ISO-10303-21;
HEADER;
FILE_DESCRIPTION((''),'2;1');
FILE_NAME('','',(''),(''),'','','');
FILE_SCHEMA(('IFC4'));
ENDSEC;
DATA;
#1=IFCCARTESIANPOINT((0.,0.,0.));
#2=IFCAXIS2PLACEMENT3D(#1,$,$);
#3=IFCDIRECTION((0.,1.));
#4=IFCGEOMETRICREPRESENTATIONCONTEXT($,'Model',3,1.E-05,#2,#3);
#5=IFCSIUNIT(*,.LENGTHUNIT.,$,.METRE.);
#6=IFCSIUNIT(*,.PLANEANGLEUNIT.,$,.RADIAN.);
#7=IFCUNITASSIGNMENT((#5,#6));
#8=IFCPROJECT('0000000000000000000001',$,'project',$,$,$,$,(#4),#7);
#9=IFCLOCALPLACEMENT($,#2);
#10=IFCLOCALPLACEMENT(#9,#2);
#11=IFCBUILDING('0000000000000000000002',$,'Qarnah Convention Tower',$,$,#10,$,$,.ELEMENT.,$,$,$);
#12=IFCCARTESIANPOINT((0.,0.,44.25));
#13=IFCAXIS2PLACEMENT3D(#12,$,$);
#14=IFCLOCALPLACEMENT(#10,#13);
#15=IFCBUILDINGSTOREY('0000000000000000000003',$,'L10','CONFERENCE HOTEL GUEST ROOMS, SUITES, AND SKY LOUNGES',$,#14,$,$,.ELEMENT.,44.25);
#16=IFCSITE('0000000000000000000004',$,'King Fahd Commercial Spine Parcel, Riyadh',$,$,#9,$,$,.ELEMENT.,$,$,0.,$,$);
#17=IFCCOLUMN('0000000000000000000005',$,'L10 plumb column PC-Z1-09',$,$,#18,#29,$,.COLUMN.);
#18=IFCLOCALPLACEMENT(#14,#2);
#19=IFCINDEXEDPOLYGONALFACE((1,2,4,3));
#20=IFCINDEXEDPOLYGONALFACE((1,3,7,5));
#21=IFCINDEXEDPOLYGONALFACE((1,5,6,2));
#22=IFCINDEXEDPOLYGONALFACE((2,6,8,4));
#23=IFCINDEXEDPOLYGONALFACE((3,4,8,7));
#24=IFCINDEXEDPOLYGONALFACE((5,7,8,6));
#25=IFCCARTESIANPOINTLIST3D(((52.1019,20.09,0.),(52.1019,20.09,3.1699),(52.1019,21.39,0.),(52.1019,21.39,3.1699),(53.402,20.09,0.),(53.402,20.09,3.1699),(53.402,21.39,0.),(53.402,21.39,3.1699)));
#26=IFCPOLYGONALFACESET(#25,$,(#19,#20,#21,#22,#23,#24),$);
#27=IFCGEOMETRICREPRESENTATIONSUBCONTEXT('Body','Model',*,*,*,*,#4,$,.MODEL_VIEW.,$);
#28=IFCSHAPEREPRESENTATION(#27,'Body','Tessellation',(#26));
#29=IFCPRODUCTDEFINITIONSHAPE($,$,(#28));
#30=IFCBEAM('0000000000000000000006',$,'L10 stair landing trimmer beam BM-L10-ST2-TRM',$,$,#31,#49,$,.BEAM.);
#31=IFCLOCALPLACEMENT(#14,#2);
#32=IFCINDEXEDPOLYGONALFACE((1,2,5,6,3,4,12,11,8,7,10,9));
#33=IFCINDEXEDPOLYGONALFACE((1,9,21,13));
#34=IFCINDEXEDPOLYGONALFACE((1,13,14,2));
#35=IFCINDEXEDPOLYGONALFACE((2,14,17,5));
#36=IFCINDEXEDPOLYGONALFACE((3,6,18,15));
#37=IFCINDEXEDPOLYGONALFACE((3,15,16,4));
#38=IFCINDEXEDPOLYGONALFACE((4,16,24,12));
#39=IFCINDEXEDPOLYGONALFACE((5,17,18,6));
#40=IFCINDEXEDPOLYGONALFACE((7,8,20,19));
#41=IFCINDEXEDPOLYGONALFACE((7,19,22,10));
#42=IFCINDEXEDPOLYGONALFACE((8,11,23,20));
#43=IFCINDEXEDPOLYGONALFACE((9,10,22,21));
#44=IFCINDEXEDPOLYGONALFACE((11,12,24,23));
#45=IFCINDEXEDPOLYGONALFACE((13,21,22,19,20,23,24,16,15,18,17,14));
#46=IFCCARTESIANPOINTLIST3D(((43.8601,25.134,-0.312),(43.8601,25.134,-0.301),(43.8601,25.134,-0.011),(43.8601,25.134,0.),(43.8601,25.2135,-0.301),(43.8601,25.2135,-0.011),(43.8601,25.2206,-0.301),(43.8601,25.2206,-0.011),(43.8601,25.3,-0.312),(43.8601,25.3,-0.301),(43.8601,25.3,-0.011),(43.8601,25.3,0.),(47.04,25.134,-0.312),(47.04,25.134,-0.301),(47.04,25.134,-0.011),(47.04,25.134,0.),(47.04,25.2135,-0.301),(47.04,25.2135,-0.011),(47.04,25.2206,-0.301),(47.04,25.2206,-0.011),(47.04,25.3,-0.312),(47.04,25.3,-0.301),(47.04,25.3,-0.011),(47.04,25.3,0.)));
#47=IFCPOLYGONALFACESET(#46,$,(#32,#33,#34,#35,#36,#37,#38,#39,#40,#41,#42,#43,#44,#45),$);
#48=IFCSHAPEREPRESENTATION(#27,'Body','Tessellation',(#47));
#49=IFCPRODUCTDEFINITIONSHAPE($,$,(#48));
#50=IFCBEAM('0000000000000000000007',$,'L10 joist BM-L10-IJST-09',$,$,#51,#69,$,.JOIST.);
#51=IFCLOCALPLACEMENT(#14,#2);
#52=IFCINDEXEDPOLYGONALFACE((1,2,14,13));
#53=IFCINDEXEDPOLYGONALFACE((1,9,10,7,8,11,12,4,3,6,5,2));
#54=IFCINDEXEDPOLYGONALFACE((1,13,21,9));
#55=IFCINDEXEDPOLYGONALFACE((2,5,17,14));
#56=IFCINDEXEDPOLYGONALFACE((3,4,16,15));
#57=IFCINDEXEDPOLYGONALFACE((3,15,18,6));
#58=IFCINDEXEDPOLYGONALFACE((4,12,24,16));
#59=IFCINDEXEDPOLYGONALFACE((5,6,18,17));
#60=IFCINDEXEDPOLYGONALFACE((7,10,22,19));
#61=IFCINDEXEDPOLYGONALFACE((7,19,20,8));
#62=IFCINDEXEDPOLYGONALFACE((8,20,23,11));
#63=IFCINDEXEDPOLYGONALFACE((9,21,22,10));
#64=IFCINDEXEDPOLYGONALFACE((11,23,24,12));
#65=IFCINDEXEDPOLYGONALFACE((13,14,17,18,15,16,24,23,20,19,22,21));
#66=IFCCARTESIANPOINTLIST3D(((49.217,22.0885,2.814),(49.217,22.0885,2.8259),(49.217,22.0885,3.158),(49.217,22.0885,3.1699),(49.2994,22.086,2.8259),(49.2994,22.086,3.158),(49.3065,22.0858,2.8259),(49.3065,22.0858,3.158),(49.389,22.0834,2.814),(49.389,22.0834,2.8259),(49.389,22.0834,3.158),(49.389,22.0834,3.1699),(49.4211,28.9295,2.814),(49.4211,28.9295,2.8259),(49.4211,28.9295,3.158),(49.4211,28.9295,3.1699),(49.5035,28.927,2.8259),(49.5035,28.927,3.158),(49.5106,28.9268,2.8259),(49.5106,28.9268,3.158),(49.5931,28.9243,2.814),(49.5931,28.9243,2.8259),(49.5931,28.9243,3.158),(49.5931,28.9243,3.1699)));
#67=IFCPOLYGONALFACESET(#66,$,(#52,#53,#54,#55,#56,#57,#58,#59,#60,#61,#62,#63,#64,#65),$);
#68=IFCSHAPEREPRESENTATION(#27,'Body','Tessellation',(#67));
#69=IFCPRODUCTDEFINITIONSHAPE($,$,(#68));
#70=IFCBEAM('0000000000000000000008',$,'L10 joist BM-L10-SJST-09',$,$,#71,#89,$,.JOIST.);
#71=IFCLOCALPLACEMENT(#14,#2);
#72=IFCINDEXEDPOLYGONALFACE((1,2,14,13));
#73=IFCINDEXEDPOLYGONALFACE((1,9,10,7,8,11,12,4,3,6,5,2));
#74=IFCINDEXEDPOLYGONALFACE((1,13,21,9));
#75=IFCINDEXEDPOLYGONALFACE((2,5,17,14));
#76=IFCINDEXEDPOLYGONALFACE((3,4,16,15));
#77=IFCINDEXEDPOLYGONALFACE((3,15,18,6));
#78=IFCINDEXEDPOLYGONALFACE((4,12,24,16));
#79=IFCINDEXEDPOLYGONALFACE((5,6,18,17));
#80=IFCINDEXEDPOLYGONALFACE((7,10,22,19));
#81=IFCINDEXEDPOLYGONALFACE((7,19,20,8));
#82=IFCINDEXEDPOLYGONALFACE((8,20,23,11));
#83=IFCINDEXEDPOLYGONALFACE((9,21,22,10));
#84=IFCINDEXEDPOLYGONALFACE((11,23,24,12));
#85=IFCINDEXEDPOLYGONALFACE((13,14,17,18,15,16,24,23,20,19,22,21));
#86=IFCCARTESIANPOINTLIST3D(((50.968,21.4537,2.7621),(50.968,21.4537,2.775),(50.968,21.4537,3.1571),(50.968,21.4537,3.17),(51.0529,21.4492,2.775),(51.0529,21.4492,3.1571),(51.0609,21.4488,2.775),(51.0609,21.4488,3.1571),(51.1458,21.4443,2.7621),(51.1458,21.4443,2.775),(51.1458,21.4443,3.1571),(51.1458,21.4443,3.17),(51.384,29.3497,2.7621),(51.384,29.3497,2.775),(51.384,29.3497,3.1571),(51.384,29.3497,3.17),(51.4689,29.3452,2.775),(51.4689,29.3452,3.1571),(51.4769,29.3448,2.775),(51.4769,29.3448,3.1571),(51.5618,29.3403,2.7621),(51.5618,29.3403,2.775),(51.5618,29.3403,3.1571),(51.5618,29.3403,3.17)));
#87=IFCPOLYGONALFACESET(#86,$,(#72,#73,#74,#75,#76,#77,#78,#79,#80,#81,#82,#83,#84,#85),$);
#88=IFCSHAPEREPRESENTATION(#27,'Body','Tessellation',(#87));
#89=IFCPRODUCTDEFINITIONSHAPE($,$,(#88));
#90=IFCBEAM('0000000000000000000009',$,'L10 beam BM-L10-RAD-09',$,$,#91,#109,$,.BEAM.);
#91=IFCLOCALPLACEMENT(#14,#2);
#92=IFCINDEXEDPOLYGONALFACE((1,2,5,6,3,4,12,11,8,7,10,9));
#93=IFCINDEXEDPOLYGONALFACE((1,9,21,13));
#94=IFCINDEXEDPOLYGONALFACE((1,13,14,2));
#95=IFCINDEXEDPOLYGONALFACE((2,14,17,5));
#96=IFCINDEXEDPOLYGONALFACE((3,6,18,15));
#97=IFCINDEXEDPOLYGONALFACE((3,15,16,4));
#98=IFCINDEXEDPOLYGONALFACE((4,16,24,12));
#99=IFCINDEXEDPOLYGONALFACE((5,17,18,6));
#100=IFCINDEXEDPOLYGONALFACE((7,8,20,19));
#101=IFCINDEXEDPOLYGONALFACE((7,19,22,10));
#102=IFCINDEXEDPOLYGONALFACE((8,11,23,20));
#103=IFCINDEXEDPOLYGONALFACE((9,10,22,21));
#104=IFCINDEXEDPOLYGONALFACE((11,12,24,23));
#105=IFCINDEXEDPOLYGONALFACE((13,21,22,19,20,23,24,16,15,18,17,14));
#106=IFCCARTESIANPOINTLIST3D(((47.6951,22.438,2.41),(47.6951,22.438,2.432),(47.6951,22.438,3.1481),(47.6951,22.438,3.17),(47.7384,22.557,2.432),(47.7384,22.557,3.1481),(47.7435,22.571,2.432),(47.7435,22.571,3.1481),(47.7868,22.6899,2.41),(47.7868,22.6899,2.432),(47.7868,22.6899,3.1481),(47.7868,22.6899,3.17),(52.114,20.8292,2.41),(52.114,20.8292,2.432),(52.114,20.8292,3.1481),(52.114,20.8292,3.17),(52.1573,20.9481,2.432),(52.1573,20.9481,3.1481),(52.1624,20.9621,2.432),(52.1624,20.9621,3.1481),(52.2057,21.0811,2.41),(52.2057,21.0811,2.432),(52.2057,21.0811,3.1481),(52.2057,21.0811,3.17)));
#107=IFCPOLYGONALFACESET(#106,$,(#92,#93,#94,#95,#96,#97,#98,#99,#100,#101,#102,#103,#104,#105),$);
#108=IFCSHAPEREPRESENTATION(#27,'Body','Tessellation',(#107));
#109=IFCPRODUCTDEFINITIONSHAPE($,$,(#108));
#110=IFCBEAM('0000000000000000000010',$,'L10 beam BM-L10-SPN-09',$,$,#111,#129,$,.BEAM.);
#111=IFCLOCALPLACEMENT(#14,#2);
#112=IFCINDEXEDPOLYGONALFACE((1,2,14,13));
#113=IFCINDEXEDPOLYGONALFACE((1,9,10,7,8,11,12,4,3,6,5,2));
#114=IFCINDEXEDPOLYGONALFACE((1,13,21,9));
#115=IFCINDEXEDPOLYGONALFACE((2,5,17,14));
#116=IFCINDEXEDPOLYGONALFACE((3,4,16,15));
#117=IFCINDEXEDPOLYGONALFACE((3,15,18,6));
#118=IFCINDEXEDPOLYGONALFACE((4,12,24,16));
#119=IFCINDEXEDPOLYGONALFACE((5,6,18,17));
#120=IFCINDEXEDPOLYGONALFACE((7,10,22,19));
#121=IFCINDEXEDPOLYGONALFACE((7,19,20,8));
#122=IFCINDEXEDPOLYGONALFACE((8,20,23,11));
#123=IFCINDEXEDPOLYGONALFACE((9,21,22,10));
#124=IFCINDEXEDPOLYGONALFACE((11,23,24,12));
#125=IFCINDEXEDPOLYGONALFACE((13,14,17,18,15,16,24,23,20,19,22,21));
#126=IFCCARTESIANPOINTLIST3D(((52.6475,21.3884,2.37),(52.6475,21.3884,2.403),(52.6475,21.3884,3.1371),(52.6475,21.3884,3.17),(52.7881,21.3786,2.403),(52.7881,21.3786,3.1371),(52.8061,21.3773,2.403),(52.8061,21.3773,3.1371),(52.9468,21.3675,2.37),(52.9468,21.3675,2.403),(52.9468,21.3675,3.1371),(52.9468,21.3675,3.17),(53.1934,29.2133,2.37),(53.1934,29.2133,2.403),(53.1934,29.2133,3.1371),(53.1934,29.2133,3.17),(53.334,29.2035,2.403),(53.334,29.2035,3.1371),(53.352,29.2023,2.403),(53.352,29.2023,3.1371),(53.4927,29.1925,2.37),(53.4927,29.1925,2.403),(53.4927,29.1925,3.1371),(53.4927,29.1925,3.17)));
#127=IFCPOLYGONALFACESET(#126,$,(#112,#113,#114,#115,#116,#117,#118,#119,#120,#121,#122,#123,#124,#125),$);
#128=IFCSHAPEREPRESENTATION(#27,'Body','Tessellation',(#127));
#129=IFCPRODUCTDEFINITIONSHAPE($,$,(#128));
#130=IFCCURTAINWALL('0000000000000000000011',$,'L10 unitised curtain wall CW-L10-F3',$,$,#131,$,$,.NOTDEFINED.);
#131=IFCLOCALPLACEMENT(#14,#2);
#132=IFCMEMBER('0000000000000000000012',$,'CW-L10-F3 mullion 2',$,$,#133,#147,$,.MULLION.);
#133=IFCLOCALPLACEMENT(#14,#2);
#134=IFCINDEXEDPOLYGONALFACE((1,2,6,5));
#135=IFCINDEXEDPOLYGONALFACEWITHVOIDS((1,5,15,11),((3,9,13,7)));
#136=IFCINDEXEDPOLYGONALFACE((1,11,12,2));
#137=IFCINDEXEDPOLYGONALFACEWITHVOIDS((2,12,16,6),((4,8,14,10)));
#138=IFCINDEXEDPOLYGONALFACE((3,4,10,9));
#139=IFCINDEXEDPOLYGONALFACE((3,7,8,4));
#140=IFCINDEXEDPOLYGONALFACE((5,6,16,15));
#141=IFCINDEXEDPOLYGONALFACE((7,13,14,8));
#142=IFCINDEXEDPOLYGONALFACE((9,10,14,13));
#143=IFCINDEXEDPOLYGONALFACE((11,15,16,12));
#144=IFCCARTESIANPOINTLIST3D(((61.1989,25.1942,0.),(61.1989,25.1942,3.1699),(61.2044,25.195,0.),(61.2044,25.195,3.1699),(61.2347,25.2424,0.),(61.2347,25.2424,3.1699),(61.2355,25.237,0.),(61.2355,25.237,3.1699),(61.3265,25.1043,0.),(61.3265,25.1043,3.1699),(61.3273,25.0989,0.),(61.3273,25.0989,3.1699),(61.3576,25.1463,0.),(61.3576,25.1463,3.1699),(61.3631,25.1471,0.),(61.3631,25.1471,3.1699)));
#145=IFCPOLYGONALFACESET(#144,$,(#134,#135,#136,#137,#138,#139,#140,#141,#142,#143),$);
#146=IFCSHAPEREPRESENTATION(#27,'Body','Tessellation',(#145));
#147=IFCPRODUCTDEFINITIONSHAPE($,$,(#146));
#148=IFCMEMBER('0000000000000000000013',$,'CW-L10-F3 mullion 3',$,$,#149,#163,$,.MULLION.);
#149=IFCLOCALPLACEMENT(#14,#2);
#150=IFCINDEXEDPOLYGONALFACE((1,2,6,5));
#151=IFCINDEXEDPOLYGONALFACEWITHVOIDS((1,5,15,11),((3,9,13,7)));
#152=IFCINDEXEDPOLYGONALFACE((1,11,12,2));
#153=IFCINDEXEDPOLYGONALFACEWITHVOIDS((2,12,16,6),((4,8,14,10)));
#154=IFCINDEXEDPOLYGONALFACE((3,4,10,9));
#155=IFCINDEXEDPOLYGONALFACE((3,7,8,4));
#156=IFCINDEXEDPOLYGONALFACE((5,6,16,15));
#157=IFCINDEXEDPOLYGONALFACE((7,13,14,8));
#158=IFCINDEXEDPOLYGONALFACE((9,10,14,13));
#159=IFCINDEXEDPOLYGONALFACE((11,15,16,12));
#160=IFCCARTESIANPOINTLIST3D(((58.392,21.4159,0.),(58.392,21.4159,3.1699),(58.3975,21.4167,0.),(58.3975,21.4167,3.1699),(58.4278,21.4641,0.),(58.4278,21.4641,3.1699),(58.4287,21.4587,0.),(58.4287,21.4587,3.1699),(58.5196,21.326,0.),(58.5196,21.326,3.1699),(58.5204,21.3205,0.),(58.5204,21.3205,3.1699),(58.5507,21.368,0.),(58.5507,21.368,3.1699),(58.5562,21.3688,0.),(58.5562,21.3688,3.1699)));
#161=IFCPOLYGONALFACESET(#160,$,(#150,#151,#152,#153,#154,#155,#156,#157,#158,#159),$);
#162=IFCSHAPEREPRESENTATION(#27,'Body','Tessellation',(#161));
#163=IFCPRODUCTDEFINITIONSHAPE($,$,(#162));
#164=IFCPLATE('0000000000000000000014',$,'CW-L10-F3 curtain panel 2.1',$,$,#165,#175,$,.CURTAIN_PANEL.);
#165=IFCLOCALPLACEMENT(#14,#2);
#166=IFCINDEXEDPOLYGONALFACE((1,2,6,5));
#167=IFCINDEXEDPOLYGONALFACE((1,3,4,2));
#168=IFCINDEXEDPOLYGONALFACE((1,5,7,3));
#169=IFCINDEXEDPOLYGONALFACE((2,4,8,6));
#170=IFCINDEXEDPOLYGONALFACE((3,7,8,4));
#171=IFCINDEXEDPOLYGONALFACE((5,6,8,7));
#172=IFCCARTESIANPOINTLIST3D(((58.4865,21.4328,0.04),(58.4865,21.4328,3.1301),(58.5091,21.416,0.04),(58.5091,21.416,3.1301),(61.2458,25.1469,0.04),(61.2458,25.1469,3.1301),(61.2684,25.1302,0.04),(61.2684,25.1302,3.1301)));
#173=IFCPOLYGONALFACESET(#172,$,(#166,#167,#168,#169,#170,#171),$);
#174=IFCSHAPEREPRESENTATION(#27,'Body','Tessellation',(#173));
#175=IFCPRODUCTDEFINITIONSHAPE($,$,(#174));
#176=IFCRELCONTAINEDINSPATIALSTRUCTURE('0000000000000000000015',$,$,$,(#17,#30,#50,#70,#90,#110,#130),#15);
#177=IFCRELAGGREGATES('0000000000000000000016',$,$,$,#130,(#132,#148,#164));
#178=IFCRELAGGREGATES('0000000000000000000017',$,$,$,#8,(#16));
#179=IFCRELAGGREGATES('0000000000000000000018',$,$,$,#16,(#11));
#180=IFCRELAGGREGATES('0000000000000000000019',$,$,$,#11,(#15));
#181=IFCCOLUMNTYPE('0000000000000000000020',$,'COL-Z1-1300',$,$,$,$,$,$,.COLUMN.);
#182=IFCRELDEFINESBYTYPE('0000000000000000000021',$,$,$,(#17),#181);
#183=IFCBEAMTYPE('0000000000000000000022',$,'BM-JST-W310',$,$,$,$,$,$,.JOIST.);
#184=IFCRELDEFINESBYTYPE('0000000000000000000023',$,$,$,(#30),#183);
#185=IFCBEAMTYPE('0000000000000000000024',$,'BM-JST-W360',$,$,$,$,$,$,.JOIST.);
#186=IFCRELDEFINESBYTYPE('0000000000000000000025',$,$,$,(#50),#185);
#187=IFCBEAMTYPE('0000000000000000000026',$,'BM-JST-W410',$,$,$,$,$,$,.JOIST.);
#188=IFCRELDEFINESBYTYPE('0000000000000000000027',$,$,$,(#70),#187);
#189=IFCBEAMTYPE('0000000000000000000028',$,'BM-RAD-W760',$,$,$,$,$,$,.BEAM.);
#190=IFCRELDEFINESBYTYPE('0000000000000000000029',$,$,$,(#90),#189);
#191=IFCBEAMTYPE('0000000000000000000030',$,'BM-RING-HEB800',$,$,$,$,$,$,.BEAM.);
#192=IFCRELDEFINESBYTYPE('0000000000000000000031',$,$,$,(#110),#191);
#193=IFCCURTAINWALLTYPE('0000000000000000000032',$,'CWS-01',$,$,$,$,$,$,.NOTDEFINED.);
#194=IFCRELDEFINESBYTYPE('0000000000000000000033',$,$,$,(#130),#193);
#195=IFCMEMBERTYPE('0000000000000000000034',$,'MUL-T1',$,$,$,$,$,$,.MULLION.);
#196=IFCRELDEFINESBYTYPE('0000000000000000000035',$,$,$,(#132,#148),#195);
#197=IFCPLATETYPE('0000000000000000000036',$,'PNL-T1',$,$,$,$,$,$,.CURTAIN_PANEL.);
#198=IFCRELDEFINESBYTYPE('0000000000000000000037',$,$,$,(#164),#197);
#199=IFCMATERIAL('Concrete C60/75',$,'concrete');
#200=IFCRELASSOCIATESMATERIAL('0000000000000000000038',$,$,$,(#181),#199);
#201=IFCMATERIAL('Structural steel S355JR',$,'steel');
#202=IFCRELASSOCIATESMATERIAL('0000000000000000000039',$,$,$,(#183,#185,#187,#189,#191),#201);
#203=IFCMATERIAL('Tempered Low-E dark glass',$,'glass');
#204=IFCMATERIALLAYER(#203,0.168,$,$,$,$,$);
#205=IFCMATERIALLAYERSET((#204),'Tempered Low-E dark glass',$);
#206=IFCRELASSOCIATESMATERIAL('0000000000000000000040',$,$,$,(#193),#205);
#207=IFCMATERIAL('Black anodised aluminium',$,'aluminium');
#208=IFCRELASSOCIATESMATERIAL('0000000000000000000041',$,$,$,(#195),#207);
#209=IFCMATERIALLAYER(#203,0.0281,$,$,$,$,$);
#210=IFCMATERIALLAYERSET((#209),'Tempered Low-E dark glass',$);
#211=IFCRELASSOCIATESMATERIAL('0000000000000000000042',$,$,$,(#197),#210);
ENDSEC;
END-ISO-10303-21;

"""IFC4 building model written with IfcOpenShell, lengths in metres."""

from ifc_helpers import new_model, si_unit, direction, frame, origin, origin_2d, place, context, subcontext, project, spatial, rectangle, hollow_rectangle, i_section, extrude, material, layer, layer_set, material_profile, profile_set, type_object, element, aggregate, save


model = new_model("IFC4")

# Units and contexts
model_context = context("Model", 3, precision=1e-05, world=origin(), true_north=direction((0.0, 1.0)))
body_context = subcontext(model_context, "Body", "Model", "MODEL_VIEW")
ifc_project = project(units=[si_unit("LENGTHUNIT", "METRE"), si_unit("PLANEANGLEUNIT", "RADIAN")], contexts=[model_context])

# Site, building, storey
site_placement = place(None, origin())
site = spatial("IfcSite", under=ifc_project, at=site_placement, Name="King Fahd Commercial Spine Parcel, Riyadh", CompositionType="ELEMENT", RefElevation=0.0)
building_placement = place(site_placement, origin())
building = spatial("IfcBuilding", under=site, at=building_placement, Name="Qarnah Convention Tower", CompositionType="ELEMENT")
storey_placement = place(building_placement, frame((0.0, 0.0, 44.25)))
storey = spatial("IfcBuildingStorey", under=building, at=storey_placement, Name="L10", Description="CONFERENCE HOTEL GUEST ROOMS, SUITES, AND SKY LOUNGES", CompositionType="ELEMENT", Elevation=44.25)

# Column
ifc_material_1 = material(Name="Concrete C60/75", Category="concrete")
ifc_material_profile_1 = material_profile(ifc_material_1, rectangle(XDim=1.3, YDim=1.3, at=origin_2d()), Name="RC-COL-1300X1300")
ifc_profile_set_1 = profile_set([ifc_material_profile_1], Name="Concrete C60/75")
column_type = type_object("IfcColumnType", Name="COL-Z1-1300", PredefinedType="COLUMN", material=ifc_profile_set_1)
column_placement = place(storey_placement, frame((52.752, 20.74, 0.0), z_axis=(0.0, 0.0, 1.0), x_axis=(1.0, 0.0, 0.0)))
element("IfcColumn", 1, at=column_placement, inside=storey, type_object=column_type, Name="L10 plumb column PC-Z1-09", PredefinedType="COLUMN", context=body_context, shape_type="SweptSolid", body=[
    extrude(rectangle(XDim=1.3, YDim=1.3, at=origin_2d()), origin(), (0.0, 0.0, 1.0), 3.1699),
])

# Beams
ifc_material_2 = material(Name="Structural steel S355JR", Category="steel")
ifc_material_profile_2 = material_profile(ifc_material_2, i_section(OverallWidth=0.166, OverallDepth=0.312, WebThickness=0.0071, FlangeThickness=0.011, at=origin_2d()), Name="W310X45")
ifc_profile_set_2 = profile_set([ifc_material_profile_2], Name="Structural steel S355JR")
beam_type_1 = type_object("IfcBeamType", Name="BM-JST-W310", PredefinedType="JOIST", material=ifc_profile_set_2)
beam_1_placement = place(storey_placement, frame((43.8601, 25.217, -0.156), z_axis=(1.0, 0.0, 0.0), x_axis=(0.0, 1.0, 0.0)))
element("IfcBeam", 2, at=beam_1_placement, inside=storey, type_object=beam_type_1, Name="L10 stair landing trimmer beam BM-L10-ST2-TRM", PredefinedType="BEAM", context=body_context, shape_type="SweptSolid", body=[
    extrude(i_section(OverallWidth=0.166, OverallDepth=0.312, WebThickness=0.0071, FlangeThickness=0.011, at=origin_2d()), origin(), (0.0, 0.0, 1.0), 3.1799),
])
ifc_material_profile_3 = material_profile(ifc_material_2, i_section(OverallWidth=0.1721, OverallDepth=0.356, WebThickness=0.0071, FlangeThickness=0.012, at=origin_2d()), Name="W360X51")
ifc_profile_set_3 = profile_set([ifc_material_profile_3], Name="Structural steel S355JR")
beam_type_2 = type_object("IfcBeamType", Name="BM-JST-W360", PredefinedType="JOIST", material=ifc_profile_set_3)
beam_2_placement = place(storey_placement, frame((49.303, 22.0859, 2.9919), z_axis=(0.029821, 0.999555, 0.0), x_axis=(-0.999555, 0.029821, 0.0)))
element("IfcBeam", 3, at=beam_2_placement, inside=storey, type_object=beam_type_2, Name="L10 joist BM-L10-IJST-09", PredefinedType="JOIST", context=body_context, shape_type="SweptSolid", body=[
    extrude(i_section(OverallWidth=0.1721, OverallDepth=0.356, WebThickness=0.0071, FlangeThickness=0.012, at=origin_2d()), origin(), (0.0, 0.0, 1.0), 6.844),
])
ifc_material_profile_4 = material_profile(ifc_material_2, i_section(OverallWidth=0.178, OverallDepth=0.408, WebThickness=0.0081, FlangeThickness=0.0129, at=origin_2d()), Name="W410X60")
ifc_profile_set_4 = profile_set([ifc_material_profile_4], Name="Structural steel S355JR")
beam_type_3 = type_object("IfcBeamType", Name="BM-JST-W410", PredefinedType="JOIST", material=ifc_profile_set_4)
beam_3_placement = place(storey_placement, frame((51.0569, 21.449, 2.9661), z_axis=(0.052614, 0.998615, 0.0), x_axis=(-0.998615, 0.052614, 0.0)))
element("IfcBeam", 4, at=beam_3_placement, inside=storey, type_object=beam_type_3, Name="L10 joist BM-L10-SJST-09", PredefinedType="JOIST", context=body_context, shape_type="SweptSolid", body=[
    extrude(i_section(OverallWidth=0.178, OverallDepth=0.408, WebThickness=0.0081, FlangeThickness=0.0129, at=origin_2d()), origin(), (0.0, 0.0, 1.0), 7.907),
])
ifc_material_profile_5 = material_profile(ifc_material_2, i_section(OverallWidth=0.2681, OverallDepth=0.76, WebThickness=0.0149, FlangeThickness=0.022, at=origin_2d()), Name="W760X185")
ifc_profile_set_5 = profile_set([ifc_material_profile_5], Name="Structural steel S355JR")
beam_type_4 = type_object("IfcBeamType", Name="BM-RAD-W760", PredefinedType="BEAM", material=ifc_profile_set_5)
beam_4_placement = place(storey_placement, frame((47.741, 22.564, 2.79), z_axis=(0.939657, -0.342118, 0.0), x_axis=(0.342118, 0.939657, 0.0)))
element("IfcBeam", 5, at=beam_4_placement, inside=storey, type_object=beam_type_4, Name="L10 beam BM-L10-RAD-09", PredefinedType="BEAM", context=body_context, shape_type="SweptSolid", body=[
    extrude(i_section(OverallWidth=0.2681, OverallDepth=0.76, WebThickness=0.0149, FlangeThickness=0.022, at=origin_2d()), origin(), (0.0, 0.0, 1.0), 4.7026),
])
ifc_material_profile_6 = material_profile(ifc_material_2, i_section(OverallWidth=0.3, OverallDepth=0.8, WebThickness=0.0181, FlangeThickness=0.033, at=origin_2d()), Name="HEB800")
ifc_profile_set_6 = profile_set([ifc_material_profile_6], Name="Structural steel S355JR")
beam_type_5 = type_object("IfcBeamType", Name="BM-RING-HEB800", PredefinedType="BEAM", material=ifc_profile_set_6)
beam_5_placement = place(storey_placement, frame((52.7971, 21.3779, 2.77), z_axis=(0.069595, 0.997575, 0.0), x_axis=(-0.997575, 0.069595, 0.0)))
element("IfcBeam", 6, at=beam_5_placement, inside=storey, type_object=beam_type_5, Name="L10 beam BM-L10-SPN-09", PredefinedType="BEAM", context=body_context, shape_type="SweptSolid", body=[
    extrude(i_section(OverallWidth=0.3, OverallDepth=0.8, WebThickness=0.0181, FlangeThickness=0.033, at=origin_2d()), origin(), (0.0, 0.0, 1.0), 7.844),
])

# Curtain wall, members, plate
ifc_material_3 = material(Name="Tempered Low-E dark glass", Category="glass")
ifc_layer_1 = layer(ifc_material_3, 0.168)
ifc_layer_set_1 = layer_set([ifc_layer_1], Name="Tempered Low-E dark glass")
curtain_wall_type = type_object("IfcCurtainWallType", Name="CWS-01", PredefinedType="NOTDEFINED", material=ifc_layer_set_1)
curtain_wall_placement = place(storey_placement, origin())
curtain_wall = element("IfcCurtainWall", 7, at=curtain_wall_placement, inside=storey, type_object=curtain_wall_type, Name="L10 unitised curtain wall CW-L10-F3", PredefinedType="NOTDEFINED")
ifc_material_4 = material(Name="Black anodised aluminium", Category="aluminium")
ifc_material_profile_7 = material_profile(ifc_material_4, hollow_rectangle(XDim=0.0601, YDim=0.1599, WallThickness=0.0039, at=origin_2d()), Name="MUL-60X160")
ifc_profile_set_7 = profile_set([ifc_material_profile_7], Name="Black anodised aluminium")
member_type = type_object("IfcMemberType", Name="MUL-T1", PredefinedType="MULLION", material=ifc_profile_set_7)
member_1_placement = place(storey_placement, frame((61.281, 25.1707, 0.0), z_axis=(0.0, 0.0, 1.0), x_axis=(-0.596357, -0.80272, 0.0)))
member_1 = element("IfcMember", 8, at=member_1_placement, type_object=member_type, Name="CW-L10-F3 mullion 2", PredefinedType="MULLION", context=body_context, shape_type="SweptSolid", body=[
    extrude(hollow_rectangle(XDim=0.0601, YDim=0.1599, WallThickness=0.0039, at=origin_2d()), origin(), (0.0, 0.0, 1.0), 3.1699),
])
member_2_placement = place(storey_placement, frame((58.4741, 21.3923, 0.0), z_axis=(0.0, 0.0, 1.0), x_axis=(-0.596357, -0.80272, 0.0)))
member_2 = element("IfcMember", 9, at=member_2_placement, type_object=member_type, Name="CW-L10-F3 mullion 3", PredefinedType="MULLION", context=body_context, shape_type="SweptSolid", body=[
    extrude(hollow_rectangle(XDim=0.0601, YDim=0.1599, WallThickness=0.0039, at=origin_2d()), origin(), (0.0, 0.0, 1.0), 3.1699),
])
ifc_layer_2 = layer(ifc_material_3, 0.0281)
ifc_layer_set_2 = layer_set([ifc_layer_2], Name="Tempered Low-E dark glass")
plate_type = type_object("IfcPlateType", Name="PNL-T1", PredefinedType="CURTAIN_PANEL", material=ifc_layer_set_2)
plate_1_placement = place(storey_placement, frame((59.8774, 23.2815, 0.04), z_axis=(0.0, 0.0, 1.0), x_axis=(-0.596357, -0.80272, 0.0)))
plate_1 = element("IfcPlate", 10, at=plate_1_placement, type_object=plate_type, Name="CW-L10-F3 curtain panel 2.1", PredefinedType="CURTAIN_PANEL", context=body_context, shape_type="SweptSolid", body=[
    extrude(rectangle(XDim=4.627, YDim=0.0281, at=origin_2d()), origin(), (0.0, 0.0, 1.0), 3.0901),
])
aggregate(curtain_wall, [member_1, member_2, plate_1])

save(model, "model.ifc")
